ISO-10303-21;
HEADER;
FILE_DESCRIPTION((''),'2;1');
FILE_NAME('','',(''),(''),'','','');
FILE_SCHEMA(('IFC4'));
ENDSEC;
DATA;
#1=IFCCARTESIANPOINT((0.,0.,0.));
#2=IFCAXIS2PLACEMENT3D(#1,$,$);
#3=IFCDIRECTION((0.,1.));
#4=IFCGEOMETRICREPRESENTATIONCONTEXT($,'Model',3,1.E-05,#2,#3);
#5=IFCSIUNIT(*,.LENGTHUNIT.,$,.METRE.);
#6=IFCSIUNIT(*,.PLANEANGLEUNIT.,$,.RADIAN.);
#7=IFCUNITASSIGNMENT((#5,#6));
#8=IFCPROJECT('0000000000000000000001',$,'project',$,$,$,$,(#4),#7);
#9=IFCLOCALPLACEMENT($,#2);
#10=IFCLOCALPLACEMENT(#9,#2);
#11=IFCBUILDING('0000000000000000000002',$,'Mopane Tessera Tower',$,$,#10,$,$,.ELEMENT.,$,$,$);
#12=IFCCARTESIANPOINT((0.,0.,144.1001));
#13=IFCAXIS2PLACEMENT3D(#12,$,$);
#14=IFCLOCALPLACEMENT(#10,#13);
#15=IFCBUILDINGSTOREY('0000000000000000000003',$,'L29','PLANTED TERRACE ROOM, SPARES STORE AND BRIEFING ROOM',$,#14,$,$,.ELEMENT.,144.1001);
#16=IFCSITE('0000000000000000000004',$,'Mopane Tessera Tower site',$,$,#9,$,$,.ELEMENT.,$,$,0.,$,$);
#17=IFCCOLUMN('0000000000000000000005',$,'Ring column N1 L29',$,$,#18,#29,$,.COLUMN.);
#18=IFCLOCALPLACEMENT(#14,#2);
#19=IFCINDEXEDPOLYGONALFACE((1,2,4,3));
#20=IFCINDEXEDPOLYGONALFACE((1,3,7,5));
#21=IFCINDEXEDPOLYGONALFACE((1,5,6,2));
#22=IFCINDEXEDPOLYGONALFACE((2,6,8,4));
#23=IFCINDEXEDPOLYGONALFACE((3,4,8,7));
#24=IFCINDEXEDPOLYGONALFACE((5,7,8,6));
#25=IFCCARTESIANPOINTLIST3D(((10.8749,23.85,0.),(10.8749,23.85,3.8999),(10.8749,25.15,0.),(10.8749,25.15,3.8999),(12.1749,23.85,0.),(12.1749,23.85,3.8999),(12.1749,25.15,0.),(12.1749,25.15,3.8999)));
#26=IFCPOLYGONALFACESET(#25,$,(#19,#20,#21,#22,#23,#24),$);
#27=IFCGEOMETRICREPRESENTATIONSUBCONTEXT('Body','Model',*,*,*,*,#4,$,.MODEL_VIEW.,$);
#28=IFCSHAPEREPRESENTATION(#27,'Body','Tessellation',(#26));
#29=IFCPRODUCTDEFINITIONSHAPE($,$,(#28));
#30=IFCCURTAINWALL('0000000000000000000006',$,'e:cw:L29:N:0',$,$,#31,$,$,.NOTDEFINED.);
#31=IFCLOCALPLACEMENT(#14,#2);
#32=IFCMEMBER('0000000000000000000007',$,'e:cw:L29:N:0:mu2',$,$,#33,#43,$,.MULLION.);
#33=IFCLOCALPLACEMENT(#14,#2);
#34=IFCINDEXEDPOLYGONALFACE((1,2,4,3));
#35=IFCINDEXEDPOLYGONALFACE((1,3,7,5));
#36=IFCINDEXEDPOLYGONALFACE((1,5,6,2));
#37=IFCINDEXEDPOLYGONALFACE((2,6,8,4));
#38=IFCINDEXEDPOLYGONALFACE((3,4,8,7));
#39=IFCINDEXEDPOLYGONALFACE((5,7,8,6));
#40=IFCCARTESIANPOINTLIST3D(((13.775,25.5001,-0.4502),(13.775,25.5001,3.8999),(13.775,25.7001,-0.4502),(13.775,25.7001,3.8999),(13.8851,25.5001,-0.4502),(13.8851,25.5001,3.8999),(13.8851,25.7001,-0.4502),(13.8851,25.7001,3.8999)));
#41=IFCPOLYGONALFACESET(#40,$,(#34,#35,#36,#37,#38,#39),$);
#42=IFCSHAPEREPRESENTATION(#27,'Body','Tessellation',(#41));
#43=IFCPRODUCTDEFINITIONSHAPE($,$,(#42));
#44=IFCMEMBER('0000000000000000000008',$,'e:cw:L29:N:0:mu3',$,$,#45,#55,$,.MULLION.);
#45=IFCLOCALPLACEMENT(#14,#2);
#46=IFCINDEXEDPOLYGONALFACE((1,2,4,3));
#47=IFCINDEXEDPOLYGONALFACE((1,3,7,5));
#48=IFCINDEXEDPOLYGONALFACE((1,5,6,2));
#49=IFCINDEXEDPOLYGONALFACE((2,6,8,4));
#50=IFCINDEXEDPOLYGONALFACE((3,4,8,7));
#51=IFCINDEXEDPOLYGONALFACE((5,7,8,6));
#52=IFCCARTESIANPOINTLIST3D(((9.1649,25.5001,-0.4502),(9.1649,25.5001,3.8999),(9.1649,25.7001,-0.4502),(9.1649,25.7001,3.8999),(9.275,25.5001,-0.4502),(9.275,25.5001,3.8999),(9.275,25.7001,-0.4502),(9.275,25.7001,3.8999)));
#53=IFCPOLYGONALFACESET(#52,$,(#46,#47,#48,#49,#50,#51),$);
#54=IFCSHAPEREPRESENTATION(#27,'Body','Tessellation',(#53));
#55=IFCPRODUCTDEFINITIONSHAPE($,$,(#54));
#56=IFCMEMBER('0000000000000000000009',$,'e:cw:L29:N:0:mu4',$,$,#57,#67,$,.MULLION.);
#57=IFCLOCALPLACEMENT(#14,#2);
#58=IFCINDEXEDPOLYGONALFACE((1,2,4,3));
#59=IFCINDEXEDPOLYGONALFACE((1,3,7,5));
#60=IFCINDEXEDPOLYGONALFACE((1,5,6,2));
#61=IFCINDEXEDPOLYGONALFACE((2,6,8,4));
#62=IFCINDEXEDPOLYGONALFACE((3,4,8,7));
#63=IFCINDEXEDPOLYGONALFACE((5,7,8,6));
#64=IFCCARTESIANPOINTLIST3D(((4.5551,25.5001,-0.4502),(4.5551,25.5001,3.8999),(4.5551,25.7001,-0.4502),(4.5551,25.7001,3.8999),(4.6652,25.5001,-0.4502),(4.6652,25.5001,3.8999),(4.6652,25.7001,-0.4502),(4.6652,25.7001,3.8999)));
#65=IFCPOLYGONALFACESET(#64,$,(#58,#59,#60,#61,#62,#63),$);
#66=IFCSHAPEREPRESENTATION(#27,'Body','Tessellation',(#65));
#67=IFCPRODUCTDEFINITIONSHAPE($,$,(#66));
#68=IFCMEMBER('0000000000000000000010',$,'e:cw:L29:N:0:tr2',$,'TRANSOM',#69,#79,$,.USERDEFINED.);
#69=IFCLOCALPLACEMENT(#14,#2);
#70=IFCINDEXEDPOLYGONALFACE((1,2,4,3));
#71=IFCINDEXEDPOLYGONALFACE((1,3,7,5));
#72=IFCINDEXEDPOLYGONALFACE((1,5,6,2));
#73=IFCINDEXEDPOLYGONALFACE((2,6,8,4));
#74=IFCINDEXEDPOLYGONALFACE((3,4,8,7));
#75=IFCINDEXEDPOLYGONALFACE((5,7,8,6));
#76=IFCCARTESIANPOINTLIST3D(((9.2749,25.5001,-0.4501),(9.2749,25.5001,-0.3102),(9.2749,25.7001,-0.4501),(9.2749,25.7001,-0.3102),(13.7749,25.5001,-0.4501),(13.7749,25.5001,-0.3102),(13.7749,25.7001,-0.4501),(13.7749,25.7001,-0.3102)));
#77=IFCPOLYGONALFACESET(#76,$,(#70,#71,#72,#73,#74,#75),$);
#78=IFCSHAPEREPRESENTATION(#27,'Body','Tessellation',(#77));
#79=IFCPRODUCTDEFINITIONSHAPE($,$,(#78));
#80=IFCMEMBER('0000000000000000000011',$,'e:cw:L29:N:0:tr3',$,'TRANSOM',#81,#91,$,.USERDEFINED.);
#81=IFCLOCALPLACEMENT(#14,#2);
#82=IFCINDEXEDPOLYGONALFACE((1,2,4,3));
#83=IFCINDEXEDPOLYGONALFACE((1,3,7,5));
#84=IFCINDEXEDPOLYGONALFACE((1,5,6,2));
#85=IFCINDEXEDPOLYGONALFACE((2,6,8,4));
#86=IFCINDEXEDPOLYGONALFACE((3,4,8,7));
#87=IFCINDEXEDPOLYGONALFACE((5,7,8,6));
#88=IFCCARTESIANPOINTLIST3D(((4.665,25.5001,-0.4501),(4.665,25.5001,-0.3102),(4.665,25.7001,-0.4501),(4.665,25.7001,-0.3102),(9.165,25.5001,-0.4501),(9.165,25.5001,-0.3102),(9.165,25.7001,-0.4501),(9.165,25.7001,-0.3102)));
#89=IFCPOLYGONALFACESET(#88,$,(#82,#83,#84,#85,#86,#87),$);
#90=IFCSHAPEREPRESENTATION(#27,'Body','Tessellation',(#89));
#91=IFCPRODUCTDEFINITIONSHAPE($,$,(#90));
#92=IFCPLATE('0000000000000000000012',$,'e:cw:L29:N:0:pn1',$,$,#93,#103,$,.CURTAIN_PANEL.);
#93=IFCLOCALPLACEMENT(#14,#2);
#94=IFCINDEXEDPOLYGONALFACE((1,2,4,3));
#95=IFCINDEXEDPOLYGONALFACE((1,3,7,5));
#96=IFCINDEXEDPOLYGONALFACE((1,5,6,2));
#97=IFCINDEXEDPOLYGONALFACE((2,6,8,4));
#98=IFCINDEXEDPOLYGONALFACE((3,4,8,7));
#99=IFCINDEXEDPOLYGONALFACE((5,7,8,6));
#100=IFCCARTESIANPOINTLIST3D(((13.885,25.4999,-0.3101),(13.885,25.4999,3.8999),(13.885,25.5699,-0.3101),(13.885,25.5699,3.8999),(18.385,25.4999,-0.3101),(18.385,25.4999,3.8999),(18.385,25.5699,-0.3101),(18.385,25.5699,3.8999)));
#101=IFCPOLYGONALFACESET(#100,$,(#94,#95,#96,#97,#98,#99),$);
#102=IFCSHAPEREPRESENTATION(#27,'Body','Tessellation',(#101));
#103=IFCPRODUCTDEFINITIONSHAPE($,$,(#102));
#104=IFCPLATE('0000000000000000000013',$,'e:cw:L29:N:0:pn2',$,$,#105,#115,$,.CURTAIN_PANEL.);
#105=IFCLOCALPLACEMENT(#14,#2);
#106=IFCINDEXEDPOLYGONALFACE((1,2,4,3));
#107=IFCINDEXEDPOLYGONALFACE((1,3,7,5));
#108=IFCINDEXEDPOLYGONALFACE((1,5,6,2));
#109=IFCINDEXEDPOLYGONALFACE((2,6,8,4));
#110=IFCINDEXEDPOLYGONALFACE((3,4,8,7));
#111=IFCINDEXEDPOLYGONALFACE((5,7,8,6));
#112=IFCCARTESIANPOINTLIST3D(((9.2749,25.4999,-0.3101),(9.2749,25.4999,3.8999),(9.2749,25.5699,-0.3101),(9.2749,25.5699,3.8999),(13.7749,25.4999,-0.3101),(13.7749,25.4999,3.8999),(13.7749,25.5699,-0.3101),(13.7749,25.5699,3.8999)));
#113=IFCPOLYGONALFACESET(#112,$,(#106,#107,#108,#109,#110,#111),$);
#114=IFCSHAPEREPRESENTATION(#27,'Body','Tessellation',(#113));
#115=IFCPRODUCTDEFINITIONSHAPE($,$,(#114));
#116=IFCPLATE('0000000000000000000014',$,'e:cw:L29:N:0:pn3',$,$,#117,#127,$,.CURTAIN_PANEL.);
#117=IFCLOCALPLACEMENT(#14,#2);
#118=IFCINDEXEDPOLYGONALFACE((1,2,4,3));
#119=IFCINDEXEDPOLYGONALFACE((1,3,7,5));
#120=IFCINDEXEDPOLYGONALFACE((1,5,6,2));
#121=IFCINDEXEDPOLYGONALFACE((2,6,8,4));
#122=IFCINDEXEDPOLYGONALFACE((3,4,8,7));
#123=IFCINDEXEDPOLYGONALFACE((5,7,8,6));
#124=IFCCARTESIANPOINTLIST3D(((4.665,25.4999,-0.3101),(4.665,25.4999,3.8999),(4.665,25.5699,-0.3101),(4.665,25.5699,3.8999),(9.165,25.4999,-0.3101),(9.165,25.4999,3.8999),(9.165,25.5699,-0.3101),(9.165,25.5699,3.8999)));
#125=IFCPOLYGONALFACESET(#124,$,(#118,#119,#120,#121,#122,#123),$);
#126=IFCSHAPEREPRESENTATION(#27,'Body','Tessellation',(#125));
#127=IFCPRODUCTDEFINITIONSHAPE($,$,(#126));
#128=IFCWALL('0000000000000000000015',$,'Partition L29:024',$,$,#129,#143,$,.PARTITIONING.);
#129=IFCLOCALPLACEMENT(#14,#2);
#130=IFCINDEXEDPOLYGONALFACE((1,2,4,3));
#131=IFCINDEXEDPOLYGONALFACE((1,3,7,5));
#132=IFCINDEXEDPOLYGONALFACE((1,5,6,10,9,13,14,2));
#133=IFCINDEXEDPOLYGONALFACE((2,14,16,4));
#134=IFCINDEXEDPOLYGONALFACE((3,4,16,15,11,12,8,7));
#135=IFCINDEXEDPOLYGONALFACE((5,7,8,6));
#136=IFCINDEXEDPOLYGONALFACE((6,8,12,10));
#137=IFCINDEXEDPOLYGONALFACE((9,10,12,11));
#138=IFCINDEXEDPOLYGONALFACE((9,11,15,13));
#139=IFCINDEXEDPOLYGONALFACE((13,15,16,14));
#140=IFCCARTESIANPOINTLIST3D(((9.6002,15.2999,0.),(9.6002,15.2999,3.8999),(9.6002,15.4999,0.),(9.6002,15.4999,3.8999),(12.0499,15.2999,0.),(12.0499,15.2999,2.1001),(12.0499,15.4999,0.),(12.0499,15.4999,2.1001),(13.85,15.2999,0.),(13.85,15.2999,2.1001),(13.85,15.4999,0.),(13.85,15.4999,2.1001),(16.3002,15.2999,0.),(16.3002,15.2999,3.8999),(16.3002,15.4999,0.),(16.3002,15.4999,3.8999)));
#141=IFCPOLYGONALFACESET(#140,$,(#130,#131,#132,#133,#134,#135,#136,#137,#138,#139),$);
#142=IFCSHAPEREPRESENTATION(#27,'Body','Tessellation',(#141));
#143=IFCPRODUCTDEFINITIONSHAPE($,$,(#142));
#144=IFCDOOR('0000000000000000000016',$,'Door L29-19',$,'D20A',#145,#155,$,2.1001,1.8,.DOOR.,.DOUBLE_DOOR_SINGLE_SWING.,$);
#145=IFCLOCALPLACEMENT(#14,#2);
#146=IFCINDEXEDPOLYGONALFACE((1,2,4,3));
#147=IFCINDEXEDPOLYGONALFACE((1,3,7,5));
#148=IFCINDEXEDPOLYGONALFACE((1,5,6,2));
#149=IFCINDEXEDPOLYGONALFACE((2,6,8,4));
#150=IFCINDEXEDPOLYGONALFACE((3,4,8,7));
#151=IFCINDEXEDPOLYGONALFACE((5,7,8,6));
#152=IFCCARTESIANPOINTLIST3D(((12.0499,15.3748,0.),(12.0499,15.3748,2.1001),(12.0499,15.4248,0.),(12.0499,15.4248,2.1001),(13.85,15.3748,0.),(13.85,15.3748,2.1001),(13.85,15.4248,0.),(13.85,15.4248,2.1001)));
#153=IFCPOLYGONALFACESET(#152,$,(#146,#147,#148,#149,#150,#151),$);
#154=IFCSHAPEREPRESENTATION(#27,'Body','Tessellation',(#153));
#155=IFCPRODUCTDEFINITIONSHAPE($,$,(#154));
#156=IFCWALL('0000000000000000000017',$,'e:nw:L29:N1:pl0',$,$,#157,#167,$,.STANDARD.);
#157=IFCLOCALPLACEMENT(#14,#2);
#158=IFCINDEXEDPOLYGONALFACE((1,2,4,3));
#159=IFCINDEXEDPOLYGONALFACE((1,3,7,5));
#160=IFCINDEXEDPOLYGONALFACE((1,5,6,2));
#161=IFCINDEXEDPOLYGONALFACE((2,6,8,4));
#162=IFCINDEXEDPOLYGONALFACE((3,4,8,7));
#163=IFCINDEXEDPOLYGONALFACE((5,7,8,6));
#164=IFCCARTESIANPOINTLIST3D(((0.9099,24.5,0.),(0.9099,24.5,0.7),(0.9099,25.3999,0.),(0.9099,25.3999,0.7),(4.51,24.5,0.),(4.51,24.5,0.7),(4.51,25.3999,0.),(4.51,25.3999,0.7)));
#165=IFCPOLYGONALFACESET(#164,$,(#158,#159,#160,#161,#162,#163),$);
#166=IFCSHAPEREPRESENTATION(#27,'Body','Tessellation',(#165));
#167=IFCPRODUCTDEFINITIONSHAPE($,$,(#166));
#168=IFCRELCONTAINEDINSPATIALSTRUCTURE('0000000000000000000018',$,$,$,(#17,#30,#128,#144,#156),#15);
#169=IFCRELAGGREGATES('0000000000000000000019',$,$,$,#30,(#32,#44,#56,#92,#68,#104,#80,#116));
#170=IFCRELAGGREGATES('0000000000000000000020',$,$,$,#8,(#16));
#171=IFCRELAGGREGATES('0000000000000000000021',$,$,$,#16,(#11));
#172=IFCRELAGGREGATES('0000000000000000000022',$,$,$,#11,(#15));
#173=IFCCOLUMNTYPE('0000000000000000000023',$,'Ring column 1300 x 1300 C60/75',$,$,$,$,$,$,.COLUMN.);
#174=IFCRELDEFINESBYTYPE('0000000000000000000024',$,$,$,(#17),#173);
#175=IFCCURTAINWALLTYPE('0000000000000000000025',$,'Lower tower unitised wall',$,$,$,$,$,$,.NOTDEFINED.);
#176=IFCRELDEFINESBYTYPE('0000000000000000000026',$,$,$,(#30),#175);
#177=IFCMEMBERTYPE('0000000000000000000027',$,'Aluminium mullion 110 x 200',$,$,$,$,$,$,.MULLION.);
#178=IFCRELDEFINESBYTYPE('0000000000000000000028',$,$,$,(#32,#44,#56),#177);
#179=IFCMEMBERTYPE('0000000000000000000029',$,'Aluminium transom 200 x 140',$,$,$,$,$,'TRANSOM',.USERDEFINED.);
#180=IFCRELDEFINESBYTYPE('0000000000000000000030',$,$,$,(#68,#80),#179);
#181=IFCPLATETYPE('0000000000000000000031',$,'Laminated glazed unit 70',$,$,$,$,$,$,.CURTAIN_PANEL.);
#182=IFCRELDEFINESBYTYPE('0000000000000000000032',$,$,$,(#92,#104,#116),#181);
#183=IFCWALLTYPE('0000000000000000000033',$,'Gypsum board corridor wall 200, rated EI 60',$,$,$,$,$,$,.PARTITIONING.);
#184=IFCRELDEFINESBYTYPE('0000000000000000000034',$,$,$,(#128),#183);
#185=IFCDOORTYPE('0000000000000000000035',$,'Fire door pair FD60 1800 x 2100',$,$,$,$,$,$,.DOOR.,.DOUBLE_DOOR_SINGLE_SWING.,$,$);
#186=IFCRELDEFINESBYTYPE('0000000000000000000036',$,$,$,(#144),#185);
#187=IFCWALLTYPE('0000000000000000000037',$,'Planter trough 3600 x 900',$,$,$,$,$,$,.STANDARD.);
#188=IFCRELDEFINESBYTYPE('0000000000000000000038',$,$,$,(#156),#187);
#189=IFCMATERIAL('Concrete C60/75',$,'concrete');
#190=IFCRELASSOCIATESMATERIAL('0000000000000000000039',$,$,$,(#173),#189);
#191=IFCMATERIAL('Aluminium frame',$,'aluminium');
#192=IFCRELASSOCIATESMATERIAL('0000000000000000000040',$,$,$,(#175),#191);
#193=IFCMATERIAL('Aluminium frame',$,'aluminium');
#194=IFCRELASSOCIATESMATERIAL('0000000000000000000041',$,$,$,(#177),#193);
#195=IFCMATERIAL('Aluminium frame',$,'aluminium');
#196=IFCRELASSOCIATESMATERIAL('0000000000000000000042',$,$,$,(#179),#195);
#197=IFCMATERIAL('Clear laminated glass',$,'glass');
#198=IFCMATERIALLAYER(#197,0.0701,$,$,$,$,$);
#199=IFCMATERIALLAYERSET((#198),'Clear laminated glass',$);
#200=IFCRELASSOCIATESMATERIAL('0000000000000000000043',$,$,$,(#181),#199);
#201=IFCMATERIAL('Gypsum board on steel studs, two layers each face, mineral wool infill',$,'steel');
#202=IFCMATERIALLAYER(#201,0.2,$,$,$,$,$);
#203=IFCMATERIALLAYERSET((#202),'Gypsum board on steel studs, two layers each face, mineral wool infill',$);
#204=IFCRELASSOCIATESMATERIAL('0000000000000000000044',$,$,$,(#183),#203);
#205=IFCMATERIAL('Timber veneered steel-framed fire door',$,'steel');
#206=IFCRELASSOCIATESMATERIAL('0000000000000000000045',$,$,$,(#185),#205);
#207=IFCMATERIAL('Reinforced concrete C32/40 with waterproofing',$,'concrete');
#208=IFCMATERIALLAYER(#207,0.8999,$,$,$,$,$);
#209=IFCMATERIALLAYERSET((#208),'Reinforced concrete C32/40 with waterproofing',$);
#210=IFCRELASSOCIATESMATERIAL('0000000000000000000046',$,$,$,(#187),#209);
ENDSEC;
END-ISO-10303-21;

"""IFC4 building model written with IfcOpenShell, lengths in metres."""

from ifc_helpers import new_model, si_unit, direction, frame, frame_2d, origin, origin_2d, place, context, subcontext, project, spatial, rectangle, extrude, material, layer, layer_set, material_profile, profile_set, type_object, element, fill, aggregate, save


model = new_model("IFC4")

# Units and contexts
model_context = context("Model", 3, precision=1e-05, world=origin(), true_north=direction((0.0, 1.0)))
body_context = subcontext(model_context, "Body", "Model", "MODEL_VIEW")
ifc_project = project(units=[si_unit("LENGTHUNIT", "METRE"), si_unit("PLANEANGLEUNIT", "RADIAN")], contexts=[model_context])

# Site, building, storey
site_placement = place(None, origin())
site = spatial("IfcSite", under=ifc_project, at=site_placement, Name="Mopane Tessera Tower site", CompositionType="ELEMENT", RefElevation=0.0)
building_placement = place(site_placement, origin())
building = spatial("IfcBuilding", under=site, at=building_placement, Name="Mopane Tessera Tower", CompositionType="ELEMENT")
storey_placement = place(building_placement, frame((0.0, 0.0, 144.1001)))
storey = spatial("IfcBuildingStorey", under=building, at=storey_placement, Name="L29", Description="PLANTED TERRACE ROOM, SPARES STORE AND BRIEFING ROOM", CompositionType="ELEMENT", Elevation=144.1001)

# Column
ifc_material_1 = material(Name="Concrete C60/75", Category="concrete")
ifc_material_profile_1 = material_profile(ifc_material_1, rectangle(XDim=1.3, YDim=1.3, at=origin_2d()))
ifc_profile_set_1 = profile_set([ifc_material_profile_1], Name="Concrete C60/75")
column_type = type_object("IfcColumnType", Name="Ring column 1300 x 1300 C60/75", PredefinedType="COLUMN", material=ifc_profile_set_1)
column_placement = place(storey_placement, frame((11.5249, 24.5, 0.0), z_axis=(0.0, 0.0, 1.0), x_axis=(1.0, 0.0, 0.0)))
element("IfcColumn", 1, at=column_placement, inside=storey, type_object=column_type, Name="Ring column N1 L29", PredefinedType="COLUMN", context=body_context, shape_type="SweptSolid", body=[
    extrude(rectangle(XDim=1.3, YDim=1.3, at=origin_2d()), origin(), (0.0, 0.0, 1.0), 3.8999),
])

# Curtain wall, members, plates
ifc_material_2 = material(Name="Aluminium frame", Category="aluminium")
curtain_wall_type = type_object("IfcCurtainWallType", Name="Lower tower unitised wall", PredefinedType="NOTDEFINED", material=ifc_material_2)
curtain_wall_placement = place(storey_placement, origin())
curtain_wall = element("IfcCurtainWall", 2, at=curtain_wall_placement, inside=storey, type_object=curtain_wall_type, Name="e:cw:L29:N:0", PredefinedType="NOTDEFINED")
ifc_material_3 = material(Name="Aluminium frame", Category="aluminium")
ifc_material_profile_2 = material_profile(ifc_material_3, rectangle(XDim=0.1101, YDim=0.2, at=origin_2d()))
ifc_profile_set_2 = profile_set([ifc_material_profile_2], Name="Aluminium frame")
member_type_1 = type_object("IfcMemberType", Name="Aluminium mullion 110 x 200", PredefinedType="MULLION", material=ifc_profile_set_2)
member_1_placement = place(storey_placement, frame((13.8301, 25.6001, -0.4502), z_axis=(0.0, 0.0, 1.0), x_axis=(-1.0, 0.0, 0.0)))
member_1 = element("IfcMember", 3, at=member_1_placement, type_object=member_type_1, Name="e:cw:L29:N:0:mu2", PredefinedType="MULLION", context=body_context, shape_type="SweptSolid", body=[
    extrude(rectangle(XDim=0.1101, YDim=0.2, at=origin_2d()), origin(), (0.0, 0.0, 1.0), 4.3501),
])
member_2_placement = place(storey_placement, frame((9.22, 25.6001, -0.4502), z_axis=(0.0, 0.0, 1.0), x_axis=(-1.0, 0.0, 0.0)))
member_2 = element("IfcMember", 4, at=member_2_placement, type_object=member_type_1, Name="e:cw:L29:N:0:mu3", PredefinedType="MULLION", context=body_context, shape_type="SweptSolid", body=[
    extrude(rectangle(XDim=0.1101, YDim=0.2, at=origin_2d()), origin(), (0.0, 0.0, 1.0), 4.3501),
])
member_3_placement = place(storey_placement, frame((4.6101, 25.6001, -0.4502), z_axis=(0.0, 0.0, 1.0), x_axis=(-1.0, 0.0, 0.0)))
member_3 = element("IfcMember", 5, at=member_3_placement, type_object=member_type_1, Name="e:cw:L29:N:0:mu4", PredefinedType="MULLION", context=body_context, shape_type="SweptSolid", body=[
    extrude(rectangle(XDim=0.1101, YDim=0.2, at=origin_2d()), origin(), (0.0, 0.0, 1.0), 4.3501),
])
ifc_material_4 = material(Name="Aluminium frame", Category="aluminium")
ifc_material_profile_3 = material_profile(ifc_material_4, rectangle(XDim=0.2, YDim=0.1399, at=origin_2d()))
ifc_profile_set_3 = profile_set([ifc_material_profile_3], Name="Aluminium frame")
member_type_2 = type_object("IfcMemberType", Name="Aluminium transom 200 x 140", ElementType="TRANSOM", PredefinedType="USERDEFINED", material=ifc_profile_set_3)
member_4_placement = place(storey_placement, frame((13.7749, 25.6001, -0.3801), z_axis=(-1.0, 0.0, 0.0), x_axis=(0.0, -1.0, 0.0)))
member_4 = element("IfcMember", 6, at=member_4_placement, type_object=member_type_2, Name="e:cw:L29:N:0:tr2", ObjectType="TRANSOM", PredefinedType="USERDEFINED", context=body_context, shape_type="SweptSolid", body=[
    extrude(rectangle(XDim=0.2, YDim=0.1399, at=origin_2d()), origin(), (0.0, 0.0, 1.0), 4.5),
])
member_5_placement = place(storey_placement, frame((9.165, 25.6001, -0.3801), z_axis=(-1.0, 0.0, 0.0), x_axis=(0.0, -1.0, 0.0)))
member_5 = element("IfcMember", 7, at=member_5_placement, type_object=member_type_2, Name="e:cw:L29:N:0:tr3", ObjectType="TRANSOM", PredefinedType="USERDEFINED", context=body_context, shape_type="SweptSolid", body=[
    extrude(rectangle(XDim=0.2, YDim=0.1399, at=origin_2d()), origin(), (0.0, 0.0, 1.0), 4.5),
])
ifc_material_5 = material(Name="Clear laminated glass", Category="glass")
ifc_layer_1 = layer(ifc_material_5, 0.0701)
ifc_layer_set_1 = layer_set([ifc_layer_1], Name="Clear laminated glass")
plate_type = type_object("IfcPlateType", Name="Laminated glazed unit 70", PredefinedType="CURTAIN_PANEL", material=ifc_layer_set_1)
plate_1_placement = place(storey_placement, frame((16.135, 25.5349, -0.3101), z_axis=(0.0, 0.0, 1.0), x_axis=(-1.0, 0.0, 0.0)))
plate_1 = element("IfcPlate", 8, at=plate_1_placement, type_object=plate_type, Name="e:cw:L29:N:0:pn1", PredefinedType="CURTAIN_PANEL", context=body_context, shape_type="SweptSolid", body=[
    extrude(rectangle(XDim=4.5, YDim=0.0701, at=origin_2d()), origin(), (0.0, 0.0, 1.0), 4.21),
])
plate_2_placement = place(storey_placement, frame((11.5249, 25.5349, -0.3101), z_axis=(0.0, 0.0, 1.0), x_axis=(-1.0, 0.0, 0.0)))
plate_2 = element("IfcPlate", 9, at=plate_2_placement, type_object=plate_type, Name="e:cw:L29:N:0:pn2", PredefinedType="CURTAIN_PANEL", context=body_context, shape_type="SweptSolid", body=[
    extrude(rectangle(XDim=4.5, YDim=0.0701, at=origin_2d()), origin(), (0.0, 0.0, 1.0), 4.21),
])
plate_3_placement = place(storey_placement, frame((6.915, 25.5349, -0.3101), z_axis=(0.0, 0.0, 1.0), x_axis=(-1.0, 0.0, 0.0)))
plate_3 = element("IfcPlate", 10, at=plate_3_placement, type_object=plate_type, Name="e:cw:L29:N:0:pn3", PredefinedType="CURTAIN_PANEL", context=body_context, shape_type="SweptSolid", body=[
    extrude(rectangle(XDim=4.5, YDim=0.0701, at=origin_2d()), origin(), (0.0, 0.0, 1.0), 4.21),
])
aggregate(curtain_wall, [member_1, member_2, member_3, plate_1, member_4, plate_2, member_5, plate_3])

# Wall, opening, door
ifc_material_6 = material(Name="Gypsum board on steel studs, two layers each face, mineral wool infill", Category="steel")
ifc_layer_2 = layer(ifc_material_6, 0.2)
ifc_layer_set_2 = layer_set([ifc_layer_2], Name="Gypsum board on steel studs, two layers each face, mineral wool infill")
wall_type_1 = type_object("IfcWallType", Name="Gypsum board corridor wall 200, rated EI 60", PredefinedType="PARTITIONING", material=ifc_layer_set_2)
wall_1_placement = place(storey_placement, frame((9.6001, 15.3999, 0.0), z_axis=(0.0, 0.0, 1.0), x_axis=(1.0, 0.0, 0.0)))
wall_1 = element("IfcWall", 11, at=wall_1_placement, inside=storey, type_object=wall_type_1, Name="Partition L29:024", PredefinedType="PARTITIONING", context=body_context, shape_type="SweptSolid", body=[
    extrude(rectangle(XDim=6.7, YDim=0.2, at=frame_2d((3.3501, 0.0))), origin(), (0.0, 0.0, 1.0), 3.8999),
])
opening_1_placement = place(wall_1_placement, frame((2.45, 0.0, 0.0)))
opening_1 = element("IfcOpeningElement", 12, at=opening_1_placement, cuts=wall_1, PredefinedType="OPENING", context=body_context, shape_type="SweptSolid", body=[
    extrude(rectangle(XDim=1.8, YDim=2.1001, at=frame_2d((0.8999, 1.05))), frame((0.0, 0.1121, 0.0), z_axis=(0.0, -1.0, 0.0), x_axis=(1.0, 0.0, 0.0)), (0.0, 0.0, 1.0), 0.2239),
])
ifc_material_7 = material(Name="Timber veneered steel-framed fire door", Category="steel")
door_type_1 = type_object("IfcDoorType", Name="Fire door pair FD60 1800 x 2100", OperationType="DOUBLE_DOOR_SINGLE_SWING", PredefinedType="DOOR", material=ifc_material_7)
door_1_placement = place(opening_1_placement, origin())
door_1 = element("IfcDoor", 13, at=door_1_placement, inside=storey, type_object=door_type_1, Name="Door L29-19", ObjectType="D20A", OperationType="DOUBLE_DOOR_SINGLE_SWING", OverallHeight=2.1001, OverallWidth=1.8, PredefinedType="DOOR", context=body_context, shape_type="SweptSolid", body=[
    extrude(rectangle(XDim=1.8, YDim=2.1001, at=frame_2d((0.8999, 1.05))), frame((0.0, 0.0249, 0.0), z_axis=(0.0, -1.0, 0.0), x_axis=(1.0, 0.0, 0.0)), (0.0, 0.0, 1.0), 0.05),
])
fill(opening_1, door_1)

# Wall
ifc_material_8 = material(Name="Reinforced concrete C32/40 with waterproofing", Category="concrete")
ifc_layer_3 = layer(ifc_material_8, 0.8999)
ifc_layer_set_3 = layer_set([ifc_layer_3], Name="Reinforced concrete C32/40 with waterproofing")
wall_type_2 = type_object("IfcWallType", Name="Planter trough 3600 x 900", PredefinedType="STANDARD", material=ifc_layer_set_3)
wall_2_placement = place(storey_placement, frame((4.51, 24.95, 0.0), z_axis=(0.0, 0.0, 1.0), x_axis=(-1.0, 0.0, 0.0)))
element("IfcWall", 14, at=wall_2_placement, inside=storey, type_object=wall_type_2, Name="e:nw:L29:N1:pl0", PredefinedType="STANDARD", context=body_context, shape_type="SweptSolid", body=[
    extrude(rectangle(XDim=3.6001, YDim=0.8999, at=frame_2d((1.8, 0.0))), origin(), (0.0, 0.0, 1.0), 0.7),
])

save(model, "model.ifc")
